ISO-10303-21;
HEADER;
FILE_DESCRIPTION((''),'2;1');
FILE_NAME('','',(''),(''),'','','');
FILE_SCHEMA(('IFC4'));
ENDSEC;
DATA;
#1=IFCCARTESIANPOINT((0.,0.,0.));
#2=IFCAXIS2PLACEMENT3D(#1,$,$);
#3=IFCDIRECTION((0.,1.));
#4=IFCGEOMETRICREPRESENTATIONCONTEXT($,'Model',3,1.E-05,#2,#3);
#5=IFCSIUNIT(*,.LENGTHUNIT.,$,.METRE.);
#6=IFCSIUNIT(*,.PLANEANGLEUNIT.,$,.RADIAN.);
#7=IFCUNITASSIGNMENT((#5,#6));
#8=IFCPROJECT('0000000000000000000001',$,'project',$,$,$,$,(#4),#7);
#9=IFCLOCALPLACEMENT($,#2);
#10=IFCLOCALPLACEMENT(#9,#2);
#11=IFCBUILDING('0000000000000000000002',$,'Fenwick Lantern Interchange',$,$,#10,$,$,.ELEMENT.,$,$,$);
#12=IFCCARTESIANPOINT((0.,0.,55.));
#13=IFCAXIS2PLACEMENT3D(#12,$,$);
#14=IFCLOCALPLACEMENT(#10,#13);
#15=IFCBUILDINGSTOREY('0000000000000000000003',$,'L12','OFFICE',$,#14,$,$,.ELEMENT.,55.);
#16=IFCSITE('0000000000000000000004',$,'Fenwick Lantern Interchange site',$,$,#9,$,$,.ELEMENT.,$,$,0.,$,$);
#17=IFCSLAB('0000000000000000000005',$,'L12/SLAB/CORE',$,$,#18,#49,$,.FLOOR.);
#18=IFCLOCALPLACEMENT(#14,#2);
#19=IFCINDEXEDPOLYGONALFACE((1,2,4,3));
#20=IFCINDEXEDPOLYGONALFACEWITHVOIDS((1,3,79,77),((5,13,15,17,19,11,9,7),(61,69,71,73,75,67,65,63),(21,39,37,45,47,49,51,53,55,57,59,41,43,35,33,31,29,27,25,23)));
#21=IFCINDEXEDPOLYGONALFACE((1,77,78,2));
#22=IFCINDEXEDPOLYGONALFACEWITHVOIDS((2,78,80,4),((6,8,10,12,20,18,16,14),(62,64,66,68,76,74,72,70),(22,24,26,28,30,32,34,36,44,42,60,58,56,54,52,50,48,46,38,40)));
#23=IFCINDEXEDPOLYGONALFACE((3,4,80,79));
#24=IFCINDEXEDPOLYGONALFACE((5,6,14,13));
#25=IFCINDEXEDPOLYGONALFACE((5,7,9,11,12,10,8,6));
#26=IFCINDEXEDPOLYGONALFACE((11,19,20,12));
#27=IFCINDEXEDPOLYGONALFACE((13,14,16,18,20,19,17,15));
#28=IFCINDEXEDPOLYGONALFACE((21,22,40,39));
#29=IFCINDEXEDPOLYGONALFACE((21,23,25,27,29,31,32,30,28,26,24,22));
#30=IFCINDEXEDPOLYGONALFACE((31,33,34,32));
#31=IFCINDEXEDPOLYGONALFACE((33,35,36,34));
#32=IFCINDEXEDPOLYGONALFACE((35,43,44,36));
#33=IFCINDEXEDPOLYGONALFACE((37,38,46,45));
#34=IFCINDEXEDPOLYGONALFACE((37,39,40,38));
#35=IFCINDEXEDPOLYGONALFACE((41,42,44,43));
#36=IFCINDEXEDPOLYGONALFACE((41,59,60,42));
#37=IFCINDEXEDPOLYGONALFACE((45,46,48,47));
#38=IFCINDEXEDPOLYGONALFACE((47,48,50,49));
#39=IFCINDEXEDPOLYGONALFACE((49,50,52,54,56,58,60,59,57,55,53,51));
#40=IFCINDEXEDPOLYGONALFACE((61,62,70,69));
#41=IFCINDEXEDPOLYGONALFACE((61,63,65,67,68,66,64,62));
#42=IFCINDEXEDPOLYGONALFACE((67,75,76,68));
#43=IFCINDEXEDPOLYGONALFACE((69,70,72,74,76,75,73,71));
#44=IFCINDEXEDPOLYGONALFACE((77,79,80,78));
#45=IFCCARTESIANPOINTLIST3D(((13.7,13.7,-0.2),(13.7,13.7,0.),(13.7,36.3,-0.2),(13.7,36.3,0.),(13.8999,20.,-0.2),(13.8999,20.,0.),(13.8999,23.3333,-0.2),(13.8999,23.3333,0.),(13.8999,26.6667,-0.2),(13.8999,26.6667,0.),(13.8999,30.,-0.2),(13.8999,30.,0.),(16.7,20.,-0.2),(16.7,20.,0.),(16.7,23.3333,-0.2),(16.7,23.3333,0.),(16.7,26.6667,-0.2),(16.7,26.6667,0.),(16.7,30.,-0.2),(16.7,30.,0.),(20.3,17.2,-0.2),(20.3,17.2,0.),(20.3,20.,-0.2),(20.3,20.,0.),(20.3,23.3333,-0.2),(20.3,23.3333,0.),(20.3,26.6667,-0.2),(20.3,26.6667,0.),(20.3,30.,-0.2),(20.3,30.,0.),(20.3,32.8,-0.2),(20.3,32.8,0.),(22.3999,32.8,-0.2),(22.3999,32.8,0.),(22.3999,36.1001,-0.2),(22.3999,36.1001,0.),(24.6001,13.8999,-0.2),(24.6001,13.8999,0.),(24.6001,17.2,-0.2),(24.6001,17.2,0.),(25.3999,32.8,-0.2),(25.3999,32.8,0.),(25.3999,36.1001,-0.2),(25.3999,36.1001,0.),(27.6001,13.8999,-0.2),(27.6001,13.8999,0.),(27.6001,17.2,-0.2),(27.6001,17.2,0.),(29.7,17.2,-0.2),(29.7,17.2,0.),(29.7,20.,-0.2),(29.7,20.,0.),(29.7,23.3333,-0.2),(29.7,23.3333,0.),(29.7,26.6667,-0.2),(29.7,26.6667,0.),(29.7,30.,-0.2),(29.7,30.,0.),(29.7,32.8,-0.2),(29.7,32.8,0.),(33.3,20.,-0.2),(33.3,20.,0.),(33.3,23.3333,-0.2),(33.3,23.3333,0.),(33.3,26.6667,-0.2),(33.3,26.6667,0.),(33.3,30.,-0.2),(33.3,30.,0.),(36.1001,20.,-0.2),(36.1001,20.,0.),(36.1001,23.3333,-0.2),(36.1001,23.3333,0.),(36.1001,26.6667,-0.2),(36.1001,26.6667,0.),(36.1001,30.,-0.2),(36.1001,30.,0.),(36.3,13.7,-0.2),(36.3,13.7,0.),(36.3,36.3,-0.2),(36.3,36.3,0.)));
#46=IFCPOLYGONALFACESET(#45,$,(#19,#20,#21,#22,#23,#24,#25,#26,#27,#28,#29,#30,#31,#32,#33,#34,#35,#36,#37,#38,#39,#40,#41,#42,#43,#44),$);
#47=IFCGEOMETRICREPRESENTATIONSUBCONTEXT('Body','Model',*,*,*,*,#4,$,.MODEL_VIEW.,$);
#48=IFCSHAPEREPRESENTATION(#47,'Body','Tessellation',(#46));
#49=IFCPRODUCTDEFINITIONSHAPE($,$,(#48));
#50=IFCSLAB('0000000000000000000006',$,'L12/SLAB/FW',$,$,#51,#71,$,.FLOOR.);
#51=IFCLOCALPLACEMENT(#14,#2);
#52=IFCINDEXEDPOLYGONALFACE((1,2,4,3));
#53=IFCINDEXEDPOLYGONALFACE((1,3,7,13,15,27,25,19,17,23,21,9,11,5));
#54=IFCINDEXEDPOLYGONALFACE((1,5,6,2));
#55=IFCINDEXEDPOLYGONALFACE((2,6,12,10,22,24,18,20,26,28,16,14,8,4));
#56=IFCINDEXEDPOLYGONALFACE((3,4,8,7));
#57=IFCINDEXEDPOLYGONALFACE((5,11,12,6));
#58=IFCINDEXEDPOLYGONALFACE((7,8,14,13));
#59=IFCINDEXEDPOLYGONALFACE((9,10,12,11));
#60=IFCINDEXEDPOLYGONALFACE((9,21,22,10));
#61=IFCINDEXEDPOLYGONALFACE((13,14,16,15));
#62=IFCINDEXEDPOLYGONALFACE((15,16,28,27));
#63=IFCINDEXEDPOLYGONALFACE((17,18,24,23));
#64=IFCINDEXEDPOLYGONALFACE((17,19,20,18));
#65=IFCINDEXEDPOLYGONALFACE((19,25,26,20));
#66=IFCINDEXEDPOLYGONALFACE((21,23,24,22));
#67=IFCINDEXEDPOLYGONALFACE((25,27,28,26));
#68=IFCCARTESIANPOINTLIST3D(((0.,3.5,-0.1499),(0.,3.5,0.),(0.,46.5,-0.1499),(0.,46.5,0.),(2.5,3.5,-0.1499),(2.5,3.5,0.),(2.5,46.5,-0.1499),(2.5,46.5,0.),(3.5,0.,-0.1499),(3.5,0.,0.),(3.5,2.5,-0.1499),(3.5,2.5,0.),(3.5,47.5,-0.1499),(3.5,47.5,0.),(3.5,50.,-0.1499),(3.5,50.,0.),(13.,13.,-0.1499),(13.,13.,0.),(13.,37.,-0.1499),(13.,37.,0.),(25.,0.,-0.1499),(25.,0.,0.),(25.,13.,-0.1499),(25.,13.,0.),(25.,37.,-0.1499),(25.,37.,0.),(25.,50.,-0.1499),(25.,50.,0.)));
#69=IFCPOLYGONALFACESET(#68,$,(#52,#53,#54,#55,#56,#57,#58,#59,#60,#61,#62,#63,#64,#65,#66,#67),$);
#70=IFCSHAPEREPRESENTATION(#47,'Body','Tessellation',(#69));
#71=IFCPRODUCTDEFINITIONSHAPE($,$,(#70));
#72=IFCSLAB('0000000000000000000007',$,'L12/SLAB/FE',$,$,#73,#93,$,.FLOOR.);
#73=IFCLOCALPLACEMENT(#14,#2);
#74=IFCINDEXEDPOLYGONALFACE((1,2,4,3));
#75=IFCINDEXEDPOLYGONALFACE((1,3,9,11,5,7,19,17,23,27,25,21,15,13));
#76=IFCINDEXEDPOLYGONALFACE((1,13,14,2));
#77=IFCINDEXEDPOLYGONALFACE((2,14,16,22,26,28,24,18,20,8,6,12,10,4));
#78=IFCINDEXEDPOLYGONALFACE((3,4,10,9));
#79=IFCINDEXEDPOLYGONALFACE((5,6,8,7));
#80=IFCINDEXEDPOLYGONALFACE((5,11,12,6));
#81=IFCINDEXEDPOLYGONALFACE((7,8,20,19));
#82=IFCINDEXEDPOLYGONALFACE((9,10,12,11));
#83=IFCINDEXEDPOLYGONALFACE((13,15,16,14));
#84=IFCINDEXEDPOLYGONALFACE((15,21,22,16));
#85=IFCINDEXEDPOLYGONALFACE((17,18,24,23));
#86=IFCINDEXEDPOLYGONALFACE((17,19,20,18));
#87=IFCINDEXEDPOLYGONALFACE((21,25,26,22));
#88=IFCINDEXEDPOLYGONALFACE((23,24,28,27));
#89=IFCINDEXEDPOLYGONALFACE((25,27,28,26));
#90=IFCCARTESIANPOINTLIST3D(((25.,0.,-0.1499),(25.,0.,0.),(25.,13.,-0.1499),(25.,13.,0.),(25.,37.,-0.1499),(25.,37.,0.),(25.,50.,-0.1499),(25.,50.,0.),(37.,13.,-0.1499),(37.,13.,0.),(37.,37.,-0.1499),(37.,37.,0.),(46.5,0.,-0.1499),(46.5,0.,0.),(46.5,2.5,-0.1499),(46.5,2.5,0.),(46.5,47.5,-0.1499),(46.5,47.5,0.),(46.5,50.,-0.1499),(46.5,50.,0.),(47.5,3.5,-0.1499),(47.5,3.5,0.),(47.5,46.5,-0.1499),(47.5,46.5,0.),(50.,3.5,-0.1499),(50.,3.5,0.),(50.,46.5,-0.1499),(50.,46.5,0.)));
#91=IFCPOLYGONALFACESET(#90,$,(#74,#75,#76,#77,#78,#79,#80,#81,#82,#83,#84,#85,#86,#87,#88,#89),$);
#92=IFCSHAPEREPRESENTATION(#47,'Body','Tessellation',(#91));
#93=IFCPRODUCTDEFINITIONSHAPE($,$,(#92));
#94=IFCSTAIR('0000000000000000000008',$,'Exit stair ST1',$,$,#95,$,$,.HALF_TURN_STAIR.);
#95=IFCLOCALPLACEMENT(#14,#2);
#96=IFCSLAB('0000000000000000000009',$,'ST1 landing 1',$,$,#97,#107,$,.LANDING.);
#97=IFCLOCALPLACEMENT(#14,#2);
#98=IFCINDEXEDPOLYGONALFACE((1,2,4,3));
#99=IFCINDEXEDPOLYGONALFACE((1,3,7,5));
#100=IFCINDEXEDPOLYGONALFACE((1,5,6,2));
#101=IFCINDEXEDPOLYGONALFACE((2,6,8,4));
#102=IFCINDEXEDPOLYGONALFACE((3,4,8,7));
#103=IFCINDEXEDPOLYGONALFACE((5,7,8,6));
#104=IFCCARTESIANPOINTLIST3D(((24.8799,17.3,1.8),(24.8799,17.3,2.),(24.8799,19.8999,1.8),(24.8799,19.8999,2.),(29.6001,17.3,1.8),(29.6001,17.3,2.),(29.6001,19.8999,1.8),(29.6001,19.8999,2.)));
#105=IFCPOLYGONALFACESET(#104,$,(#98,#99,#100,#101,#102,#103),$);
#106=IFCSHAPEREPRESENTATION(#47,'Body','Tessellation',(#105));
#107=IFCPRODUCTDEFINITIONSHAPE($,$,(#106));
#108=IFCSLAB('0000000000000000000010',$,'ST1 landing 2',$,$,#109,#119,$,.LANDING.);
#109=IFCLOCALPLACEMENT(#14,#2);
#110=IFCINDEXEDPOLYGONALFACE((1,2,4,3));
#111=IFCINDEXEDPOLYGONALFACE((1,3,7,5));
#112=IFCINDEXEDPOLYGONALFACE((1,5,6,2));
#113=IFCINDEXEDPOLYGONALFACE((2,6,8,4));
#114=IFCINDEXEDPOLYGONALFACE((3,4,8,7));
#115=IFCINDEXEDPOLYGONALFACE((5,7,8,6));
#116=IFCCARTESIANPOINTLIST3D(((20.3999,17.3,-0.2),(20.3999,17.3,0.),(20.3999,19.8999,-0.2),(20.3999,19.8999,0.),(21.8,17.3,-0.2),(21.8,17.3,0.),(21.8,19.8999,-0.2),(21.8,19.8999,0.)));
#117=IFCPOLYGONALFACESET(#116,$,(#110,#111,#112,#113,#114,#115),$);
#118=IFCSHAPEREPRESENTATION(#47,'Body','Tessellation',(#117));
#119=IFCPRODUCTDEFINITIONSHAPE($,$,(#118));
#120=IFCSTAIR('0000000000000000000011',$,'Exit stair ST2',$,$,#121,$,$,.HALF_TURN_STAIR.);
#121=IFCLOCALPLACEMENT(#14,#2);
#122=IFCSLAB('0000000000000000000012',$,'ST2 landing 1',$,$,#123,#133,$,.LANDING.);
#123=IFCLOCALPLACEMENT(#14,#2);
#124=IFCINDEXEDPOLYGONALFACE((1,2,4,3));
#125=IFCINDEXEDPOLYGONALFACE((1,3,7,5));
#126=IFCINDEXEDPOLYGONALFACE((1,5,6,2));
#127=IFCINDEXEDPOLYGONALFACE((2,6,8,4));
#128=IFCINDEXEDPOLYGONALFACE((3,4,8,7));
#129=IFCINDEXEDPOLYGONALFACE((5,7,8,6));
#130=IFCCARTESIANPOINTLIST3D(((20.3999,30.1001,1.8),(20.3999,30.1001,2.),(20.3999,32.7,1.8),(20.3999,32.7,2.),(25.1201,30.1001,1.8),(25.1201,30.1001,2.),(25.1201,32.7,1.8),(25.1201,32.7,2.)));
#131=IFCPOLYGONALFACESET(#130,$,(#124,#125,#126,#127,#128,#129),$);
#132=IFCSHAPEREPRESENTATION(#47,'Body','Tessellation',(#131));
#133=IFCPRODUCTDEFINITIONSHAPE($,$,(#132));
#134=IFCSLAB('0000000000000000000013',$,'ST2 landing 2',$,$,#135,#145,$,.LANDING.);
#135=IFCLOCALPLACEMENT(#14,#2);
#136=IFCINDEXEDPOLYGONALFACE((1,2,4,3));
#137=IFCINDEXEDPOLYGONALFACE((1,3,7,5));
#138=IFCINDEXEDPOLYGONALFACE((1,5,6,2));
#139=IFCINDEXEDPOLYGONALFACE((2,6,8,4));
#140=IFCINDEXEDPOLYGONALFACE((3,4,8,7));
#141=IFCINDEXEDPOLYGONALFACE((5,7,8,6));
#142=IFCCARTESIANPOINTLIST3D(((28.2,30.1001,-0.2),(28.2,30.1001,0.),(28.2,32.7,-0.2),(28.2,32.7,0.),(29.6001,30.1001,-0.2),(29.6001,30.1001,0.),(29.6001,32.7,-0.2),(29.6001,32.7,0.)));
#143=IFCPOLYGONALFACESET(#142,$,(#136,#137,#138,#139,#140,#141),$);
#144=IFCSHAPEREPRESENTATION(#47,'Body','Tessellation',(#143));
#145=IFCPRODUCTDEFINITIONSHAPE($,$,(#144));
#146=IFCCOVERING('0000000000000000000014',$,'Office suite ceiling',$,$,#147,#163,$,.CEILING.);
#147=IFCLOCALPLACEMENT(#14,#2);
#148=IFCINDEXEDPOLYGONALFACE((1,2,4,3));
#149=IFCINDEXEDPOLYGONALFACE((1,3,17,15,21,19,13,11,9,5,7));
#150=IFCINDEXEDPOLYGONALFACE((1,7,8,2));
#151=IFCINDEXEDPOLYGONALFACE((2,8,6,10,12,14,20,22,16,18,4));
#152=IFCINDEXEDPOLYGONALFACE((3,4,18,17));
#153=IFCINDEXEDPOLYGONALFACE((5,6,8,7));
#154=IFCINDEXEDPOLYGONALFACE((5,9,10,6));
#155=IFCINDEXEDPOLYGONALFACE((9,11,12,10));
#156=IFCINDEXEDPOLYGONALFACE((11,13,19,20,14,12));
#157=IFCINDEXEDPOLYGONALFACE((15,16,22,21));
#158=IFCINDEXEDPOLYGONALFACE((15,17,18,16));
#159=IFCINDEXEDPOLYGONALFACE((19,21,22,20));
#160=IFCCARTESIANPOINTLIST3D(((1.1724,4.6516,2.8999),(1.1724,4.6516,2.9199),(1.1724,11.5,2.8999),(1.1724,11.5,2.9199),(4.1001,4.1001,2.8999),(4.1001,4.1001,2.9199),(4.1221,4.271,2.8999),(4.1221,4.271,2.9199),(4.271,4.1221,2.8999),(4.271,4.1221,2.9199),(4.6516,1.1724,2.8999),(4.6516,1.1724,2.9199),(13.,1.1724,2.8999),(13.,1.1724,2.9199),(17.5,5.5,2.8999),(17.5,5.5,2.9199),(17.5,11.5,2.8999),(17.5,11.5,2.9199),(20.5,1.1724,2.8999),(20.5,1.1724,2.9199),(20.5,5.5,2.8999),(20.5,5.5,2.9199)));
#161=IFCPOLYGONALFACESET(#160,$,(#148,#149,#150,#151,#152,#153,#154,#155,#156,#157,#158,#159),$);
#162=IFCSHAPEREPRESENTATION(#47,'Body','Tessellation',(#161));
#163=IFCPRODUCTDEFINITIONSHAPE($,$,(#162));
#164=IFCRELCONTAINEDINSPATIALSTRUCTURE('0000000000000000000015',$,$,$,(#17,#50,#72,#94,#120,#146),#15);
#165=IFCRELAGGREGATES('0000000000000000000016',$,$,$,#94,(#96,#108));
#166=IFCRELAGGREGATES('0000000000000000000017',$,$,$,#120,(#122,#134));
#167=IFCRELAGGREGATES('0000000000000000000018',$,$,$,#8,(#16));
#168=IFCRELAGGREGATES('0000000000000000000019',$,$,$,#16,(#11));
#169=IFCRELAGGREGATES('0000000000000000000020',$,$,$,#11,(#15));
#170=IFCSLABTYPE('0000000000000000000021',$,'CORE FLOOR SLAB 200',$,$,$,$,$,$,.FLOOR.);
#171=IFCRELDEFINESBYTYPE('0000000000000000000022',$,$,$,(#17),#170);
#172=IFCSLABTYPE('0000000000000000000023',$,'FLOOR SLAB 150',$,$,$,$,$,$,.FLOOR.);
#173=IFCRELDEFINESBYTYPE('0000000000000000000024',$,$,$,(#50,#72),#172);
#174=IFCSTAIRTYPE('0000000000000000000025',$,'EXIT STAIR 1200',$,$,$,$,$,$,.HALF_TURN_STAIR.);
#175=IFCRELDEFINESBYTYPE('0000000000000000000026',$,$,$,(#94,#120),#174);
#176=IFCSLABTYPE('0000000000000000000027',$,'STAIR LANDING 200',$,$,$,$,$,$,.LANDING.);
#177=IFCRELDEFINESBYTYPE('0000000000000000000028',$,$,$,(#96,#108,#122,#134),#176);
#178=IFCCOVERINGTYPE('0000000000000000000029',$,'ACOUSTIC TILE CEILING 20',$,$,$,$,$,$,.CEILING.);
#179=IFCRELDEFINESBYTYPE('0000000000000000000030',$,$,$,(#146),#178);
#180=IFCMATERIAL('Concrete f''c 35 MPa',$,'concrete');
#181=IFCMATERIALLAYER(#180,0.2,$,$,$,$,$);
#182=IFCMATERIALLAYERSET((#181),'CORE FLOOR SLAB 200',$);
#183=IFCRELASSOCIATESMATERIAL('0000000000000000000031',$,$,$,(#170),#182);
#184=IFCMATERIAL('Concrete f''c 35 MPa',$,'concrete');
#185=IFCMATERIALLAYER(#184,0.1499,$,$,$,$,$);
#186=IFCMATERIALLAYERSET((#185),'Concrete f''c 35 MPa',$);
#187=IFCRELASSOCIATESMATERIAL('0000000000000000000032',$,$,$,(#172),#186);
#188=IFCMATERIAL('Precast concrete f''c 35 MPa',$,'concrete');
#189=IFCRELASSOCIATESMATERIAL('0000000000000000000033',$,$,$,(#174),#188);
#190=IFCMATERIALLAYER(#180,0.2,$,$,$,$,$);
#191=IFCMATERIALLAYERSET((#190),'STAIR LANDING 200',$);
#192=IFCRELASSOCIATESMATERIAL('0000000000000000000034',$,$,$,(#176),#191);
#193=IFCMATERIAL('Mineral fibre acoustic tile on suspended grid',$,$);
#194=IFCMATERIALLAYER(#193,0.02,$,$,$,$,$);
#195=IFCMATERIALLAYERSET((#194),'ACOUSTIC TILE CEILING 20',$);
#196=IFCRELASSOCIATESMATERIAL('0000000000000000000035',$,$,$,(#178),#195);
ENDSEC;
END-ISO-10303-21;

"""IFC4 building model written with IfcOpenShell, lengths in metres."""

from ifc_helpers import new_model, si_unit, direction, frame, origin, place, context, subcontext, project, spatial, polyline, outline, extrude, material, layer, layer_set, type_object, element, aggregate, save


model = new_model("IFC4")

# Units and contexts
model_context = context("Model", 3, precision=1e-05, world=origin(), true_north=direction((0.0, 1.0)))
body_context = subcontext(model_context, "Body", "Model", "MODEL_VIEW")
ifc_project = project(units=[si_unit("LENGTHUNIT", "METRE"), si_unit("PLANEANGLEUNIT", "RADIAN")], contexts=[model_context])

# Site, building, storey
site_placement = place(None, origin())
site = spatial("IfcSite", under=ifc_project, at=site_placement, Name="Fenwick Lantern Interchange site", CompositionType="ELEMENT", RefElevation=0.0)
building_placement = place(site_placement, origin())
building = spatial("IfcBuilding", under=site, at=building_placement, Name="Fenwick Lantern Interchange", CompositionType="ELEMENT")
storey_placement = place(building_placement, frame((0.0, 0.0, 55.0)))
storey = spatial("IfcBuildingStorey", under=building, at=storey_placement, Name="L12", Description="OFFICE", CompositionType="ELEMENT", Elevation=55.0)

# Slabs
ifc_material_1 = material(Name="Concrete f'c 35 MPa", Category="concrete")
ifc_layer_1 = layer(ifc_material_1, 0.2)
ifc_layer_set_1 = layer_set([ifc_layer_1], Name="CORE FLOOR SLAB 200")
slab_type_1 = type_object("IfcSlabType", Name="CORE FLOOR SLAB 200", PredefinedType="FLOOR", material=ifc_layer_set_1)
slab_1_placement = place(storey_placement, frame((0.0, 0.0, -0.2)))
element("IfcSlab", 1, at=slab_1_placement, inside=storey, type_object=slab_type_1, Name="L12/SLAB/CORE", PredefinedType="FLOOR", context=body_context, shape_type="SweptSolid", body=[
    extrude(outline(polyline([(13.7, 36.3), (36.3, 36.3), (36.3, 13.7), (13.7, 13.7), (13.7, 36.3)]), holes=[polyline([(13.8999, 20.0), (16.7, 20.0), (16.7, 23.3333), (16.7, 26.6667), (16.7, 30.0), (13.8999, 30.0), (13.8999, 26.6667), (13.8999, 23.3333), (13.8999, 20.0)]), polyline([(20.3, 20.0), (20.3, 17.2), (24.6001, 17.2), (24.6001, 13.8999), (27.6001, 13.8999), (27.6001, 17.2), (29.7, 17.2), (29.7, 20.0), (29.7, 23.3333), (29.7, 26.6667), (29.7, 30.0), (29.7, 32.8), (25.3999, 32.8), (25.3999, 36.1001), (22.3999, 36.1001), (22.3999, 32.8), (20.3, 32.8), (20.3, 30.0), (20.3, 26.6667), (20.3, 23.3333), (20.3, 20.0)]), polyline([(33.3, 23.3333), (33.3, 20.0), (36.1001, 20.0), (36.1001, 23.3333), (36.1001, 26.6667), (36.1001, 30.0), (33.3, 30.0), (33.3, 26.6667), (33.3, 23.3333)])]), origin(), (0.0, 0.0, 1.0), 0.2),
])
ifc_material_2 = material(Name="Concrete f'c 35 MPa", Category="concrete")
ifc_layer_2 = layer(ifc_material_2, 0.1499)
ifc_layer_set_2 = layer_set([ifc_layer_2], Name="Concrete f'c 35 MPa")
slab_type_2 = type_object("IfcSlabType", Name="FLOOR SLAB 150", PredefinedType="FLOOR", material=ifc_layer_set_2)
slab_2_placement = place(storey_placement, frame((0.0, 0.0, -0.1499)))
element("IfcSlab", 2, at=slab_2_placement, inside=storey, type_object=slab_type_2, Name="L12/SLAB/FW", PredefinedType="FLOOR", context=body_context, shape_type="SweptSolid", body=[
    extrude(outline(polyline([(3.5, 0.0), (3.5, 2.5), (2.5, 3.5), (0.0, 3.5), (0.0, 46.5), (2.5, 46.5), (3.5, 47.5), (3.5, 50.0), (25.0, 50.0), (25.0, 37.0), (13.0, 37.0), (13.0, 13.0), (25.0, 13.0), (25.0, 0.0), (3.5, 0.0)])), origin(), (0.0, 0.0, 1.0), 0.1499),
])
slab_3_placement = place(storey_placement, frame((0.0, 0.0, -0.1499)))
element("IfcSlab", 3, at=slab_3_placement, inside=storey, type_object=slab_type_2, Name="L12/SLAB/FE", PredefinedType="FLOOR", context=body_context, shape_type="SweptSolid", body=[
    extrude(outline(polyline([(46.5, 50.0), (46.5, 47.5), (47.5, 46.5), (50.0, 46.5), (50.0, 3.5), (47.5, 3.5), (46.5, 2.5), (46.5, 0.0), (25.0, 0.0), (25.0, 13.0), (37.0, 13.0), (37.0, 37.0), (25.0, 37.0), (25.0, 50.0), (46.5, 50.0)])), origin(), (0.0, 0.0, 1.0), 0.1499),
])

# Stairs, slabs
ifc_material_3 = material(Name="Precast concrete f'c 35 MPa", Category="concrete")
stair_type = type_object("IfcStairType", Name="EXIT STAIR 1200", PredefinedType="HALF_TURN_STAIR", material=ifc_material_3)
stair_1_placement = place(storey_placement, origin())
stair_1 = element("IfcStair", 4, at=stair_1_placement, inside=storey, type_object=stair_type, Name="Exit stair ST1", PredefinedType="HALF_TURN_STAIR")
ifc_layer_3 = layer(ifc_material_1, 0.2)
ifc_layer_set_3 = layer_set([ifc_layer_3], Name="STAIR LANDING 200")
slab_type_3 = type_object("IfcSlabType", Name="STAIR LANDING 200", PredefinedType="LANDING", material=ifc_layer_set_3)
slab_4_placement = place(storey_placement, frame((0.0, 0.0, 1.8)))
slab_4 = element("IfcSlab", 5, at=slab_4_placement, type_object=slab_type_3, Name="ST1 landing 1", PredefinedType="LANDING", context=body_context, shape_type="SweptSolid", body=[
    extrude(outline(polyline([(24.8799, 17.3), (29.6001, 17.3), (29.6001, 19.8999), (24.8799, 19.8999), (24.8799, 17.3)])), origin(), (0.0, 0.0, 1.0), 0.2),
])
slab_5_placement = place(storey_placement, frame((0.0, 0.0, -0.2)))
slab_5 = element("IfcSlab", 6, at=slab_5_placement, type_object=slab_type_3, Name="ST1 landing 2", PredefinedType="LANDING", context=body_context, shape_type="SweptSolid", body=[
    extrude(outline(polyline([(20.3999, 17.3), (21.8, 17.3), (21.8, 19.8999), (20.3999, 19.8999), (20.3999, 17.3)])), origin(), (0.0, 0.0, 1.0), 0.2),
])
aggregate(stair_1, [slab_4, slab_5])
stair_2_placement = place(storey_placement, origin())
stair_2 = element("IfcStair", 7, at=stair_2_placement, inside=storey, type_object=stair_type, Name="Exit stair ST2", PredefinedType="HALF_TURN_STAIR")
slab_6_placement = place(storey_placement, frame((0.0, 0.0, 1.8)))
slab_6 = element("IfcSlab", 8, at=slab_6_placement, type_object=slab_type_3, Name="ST2 landing 1", PredefinedType="LANDING", context=body_context, shape_type="SweptSolid", body=[
    extrude(outline(polyline([(25.1201, 32.7), (20.3999, 32.7), (20.3999, 30.1001), (25.1201, 30.1001), (25.1201, 32.7)])), origin(), (0.0, 0.0, 1.0), 0.2),
])
slab_7_placement = place(storey_placement, frame((0.0, 0.0, -0.2)))
slab_7 = element("IfcSlab", 9, at=slab_7_placement, type_object=slab_type_3, Name="ST2 landing 2", PredefinedType="LANDING", context=body_context, shape_type="SweptSolid", body=[
    extrude(outline(polyline([(29.6001, 32.7), (28.2, 32.7), (28.2, 30.1001), (29.6001, 30.1001), (29.6001, 32.7)])), origin(), (0.0, 0.0, 1.0), 0.2),
])
aggregate(stair_2, [slab_6, slab_7])

# Covering
ifc_material_4 = material(Name="Mineral fibre acoustic tile on suspended grid")
ifc_layer_4 = layer(ifc_material_4, 0.02)
ifc_layer_set_4 = layer_set([ifc_layer_4], Name="ACOUSTIC TILE CEILING 20")
covering_type_1 = type_object("IfcCoveringType", Name="ACOUSTIC TILE CEILING 20", PredefinedType="CEILING", material=ifc_layer_set_4)
covering_1_placement = place(storey_placement, frame((0.0, 0.0, 2.8999)))
element("IfcCovering", 10, at=covering_1_placement, inside=storey, type_object=covering_type_1, Name="Office suite ceiling", PredefinedType="CEILING", context=body_context, shape_type="SweptSolid", body=[
    extrude(outline(polyline([(20.5, 1.1724), (20.5, 5.5), (17.5, 5.5), (17.5, 11.5), (1.1724, 11.5), (1.1724, 4.6516), (4.1221, 4.271), (4.1001, 4.1001), (4.271, 4.1221), (4.6516, 1.1724), (13.0, 1.1724), (20.5, 1.1724)])), origin(), (0.0, 0.0, 1.0), 0.02),
])

save(model, "model.ifc")
